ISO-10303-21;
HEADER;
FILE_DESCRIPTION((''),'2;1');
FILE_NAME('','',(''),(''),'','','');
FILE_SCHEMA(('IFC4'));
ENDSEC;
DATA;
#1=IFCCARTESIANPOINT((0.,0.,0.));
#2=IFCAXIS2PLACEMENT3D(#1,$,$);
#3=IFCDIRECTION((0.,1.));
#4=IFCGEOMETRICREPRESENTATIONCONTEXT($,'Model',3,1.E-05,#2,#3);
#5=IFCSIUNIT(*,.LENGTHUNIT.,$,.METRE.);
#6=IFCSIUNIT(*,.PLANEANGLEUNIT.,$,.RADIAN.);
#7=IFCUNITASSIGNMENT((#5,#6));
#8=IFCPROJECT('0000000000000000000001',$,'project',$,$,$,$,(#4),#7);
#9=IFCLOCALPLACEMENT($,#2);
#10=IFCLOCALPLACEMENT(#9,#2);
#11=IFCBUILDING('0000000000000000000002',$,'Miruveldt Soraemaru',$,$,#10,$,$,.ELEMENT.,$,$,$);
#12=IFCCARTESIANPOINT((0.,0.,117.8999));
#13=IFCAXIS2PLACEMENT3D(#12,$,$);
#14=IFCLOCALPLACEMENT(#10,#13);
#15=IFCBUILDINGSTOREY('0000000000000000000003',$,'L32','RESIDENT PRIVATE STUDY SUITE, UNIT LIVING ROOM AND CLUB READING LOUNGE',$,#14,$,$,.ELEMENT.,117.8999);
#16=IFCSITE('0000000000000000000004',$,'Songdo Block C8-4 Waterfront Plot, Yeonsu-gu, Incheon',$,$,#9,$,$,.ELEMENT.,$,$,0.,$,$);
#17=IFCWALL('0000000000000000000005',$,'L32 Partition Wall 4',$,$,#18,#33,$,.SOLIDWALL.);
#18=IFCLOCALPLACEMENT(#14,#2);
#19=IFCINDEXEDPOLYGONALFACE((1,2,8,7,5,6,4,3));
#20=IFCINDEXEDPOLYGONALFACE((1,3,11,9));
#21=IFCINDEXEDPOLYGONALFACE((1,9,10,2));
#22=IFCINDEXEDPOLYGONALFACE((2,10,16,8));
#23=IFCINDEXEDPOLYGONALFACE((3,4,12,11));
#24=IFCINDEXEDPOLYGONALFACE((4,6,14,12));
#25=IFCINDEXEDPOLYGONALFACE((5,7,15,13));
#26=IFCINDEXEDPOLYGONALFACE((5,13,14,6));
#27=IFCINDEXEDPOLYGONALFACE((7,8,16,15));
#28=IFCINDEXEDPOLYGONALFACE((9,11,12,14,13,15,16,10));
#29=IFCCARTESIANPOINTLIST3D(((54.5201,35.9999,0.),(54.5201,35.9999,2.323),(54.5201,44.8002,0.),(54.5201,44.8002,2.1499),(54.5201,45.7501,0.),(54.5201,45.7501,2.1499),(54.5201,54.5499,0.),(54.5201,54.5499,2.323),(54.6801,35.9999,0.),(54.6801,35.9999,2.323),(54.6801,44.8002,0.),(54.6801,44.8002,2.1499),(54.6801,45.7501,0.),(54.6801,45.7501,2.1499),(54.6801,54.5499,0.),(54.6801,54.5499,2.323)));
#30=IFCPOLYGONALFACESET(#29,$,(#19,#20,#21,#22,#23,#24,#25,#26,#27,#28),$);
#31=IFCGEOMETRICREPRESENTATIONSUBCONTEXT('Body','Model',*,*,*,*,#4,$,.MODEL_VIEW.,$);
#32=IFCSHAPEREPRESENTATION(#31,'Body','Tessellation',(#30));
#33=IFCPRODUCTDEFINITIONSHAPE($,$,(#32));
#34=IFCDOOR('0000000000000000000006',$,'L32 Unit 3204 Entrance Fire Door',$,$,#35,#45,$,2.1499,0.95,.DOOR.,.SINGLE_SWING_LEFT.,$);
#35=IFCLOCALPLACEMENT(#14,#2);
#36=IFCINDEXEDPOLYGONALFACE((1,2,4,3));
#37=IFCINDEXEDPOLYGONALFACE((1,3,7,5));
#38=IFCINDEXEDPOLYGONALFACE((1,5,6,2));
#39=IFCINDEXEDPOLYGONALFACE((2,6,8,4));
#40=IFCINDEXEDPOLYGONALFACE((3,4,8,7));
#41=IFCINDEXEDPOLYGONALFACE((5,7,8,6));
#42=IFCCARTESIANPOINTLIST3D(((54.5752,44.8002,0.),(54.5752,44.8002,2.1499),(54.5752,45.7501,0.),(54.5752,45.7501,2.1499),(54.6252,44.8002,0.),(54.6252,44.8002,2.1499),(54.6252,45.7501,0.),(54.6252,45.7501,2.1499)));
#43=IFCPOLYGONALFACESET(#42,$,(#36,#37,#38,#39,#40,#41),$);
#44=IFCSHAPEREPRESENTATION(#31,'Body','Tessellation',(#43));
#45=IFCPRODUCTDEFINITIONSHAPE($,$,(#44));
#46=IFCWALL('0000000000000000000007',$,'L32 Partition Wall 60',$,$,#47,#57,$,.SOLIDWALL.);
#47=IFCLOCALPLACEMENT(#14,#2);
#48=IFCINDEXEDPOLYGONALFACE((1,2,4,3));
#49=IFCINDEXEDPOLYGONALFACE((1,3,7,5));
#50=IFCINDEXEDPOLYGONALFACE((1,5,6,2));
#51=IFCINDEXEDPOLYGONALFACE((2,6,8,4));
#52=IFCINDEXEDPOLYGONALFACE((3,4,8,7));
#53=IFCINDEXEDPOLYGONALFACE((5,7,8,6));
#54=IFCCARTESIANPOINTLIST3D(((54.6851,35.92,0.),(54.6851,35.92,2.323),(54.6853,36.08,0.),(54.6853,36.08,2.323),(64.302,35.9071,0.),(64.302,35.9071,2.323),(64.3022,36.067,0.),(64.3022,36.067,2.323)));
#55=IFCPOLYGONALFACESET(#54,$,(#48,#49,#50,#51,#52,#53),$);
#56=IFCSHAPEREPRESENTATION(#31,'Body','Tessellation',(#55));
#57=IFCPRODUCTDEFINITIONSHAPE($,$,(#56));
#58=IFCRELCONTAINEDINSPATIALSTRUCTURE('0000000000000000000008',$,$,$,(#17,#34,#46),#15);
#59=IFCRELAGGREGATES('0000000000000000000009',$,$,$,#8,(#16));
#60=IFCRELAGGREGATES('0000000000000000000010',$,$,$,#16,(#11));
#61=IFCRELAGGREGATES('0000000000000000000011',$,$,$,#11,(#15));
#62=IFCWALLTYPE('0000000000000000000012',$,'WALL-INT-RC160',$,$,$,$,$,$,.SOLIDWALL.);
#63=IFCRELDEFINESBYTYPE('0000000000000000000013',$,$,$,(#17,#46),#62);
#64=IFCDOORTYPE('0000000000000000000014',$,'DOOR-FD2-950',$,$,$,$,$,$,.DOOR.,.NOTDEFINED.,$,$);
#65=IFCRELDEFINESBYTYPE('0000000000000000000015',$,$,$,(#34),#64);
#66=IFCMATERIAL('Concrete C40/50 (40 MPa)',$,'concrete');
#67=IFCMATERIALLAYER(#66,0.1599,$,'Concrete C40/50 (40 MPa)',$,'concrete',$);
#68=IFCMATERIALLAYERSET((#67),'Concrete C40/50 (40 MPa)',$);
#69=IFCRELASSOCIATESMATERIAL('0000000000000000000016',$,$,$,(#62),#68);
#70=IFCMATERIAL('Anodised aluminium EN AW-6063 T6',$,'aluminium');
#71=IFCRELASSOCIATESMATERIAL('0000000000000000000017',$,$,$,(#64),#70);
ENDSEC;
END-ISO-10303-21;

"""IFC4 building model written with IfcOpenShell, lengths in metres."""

from ifc_helpers import new_model, si_unit, direction, frame, frame_2d, origin, place, context, subcontext, project, spatial, rectangle, extrude, material, layer, layer_set, type_object, element, fill, save


model = new_model("IFC4")

# Units and contexts
model_context = context("Model", 3, precision=1e-05, world=origin(), true_north=direction((0.0, 1.0)))
body_context = subcontext(model_context, "Body", "Model", "MODEL_VIEW")
ifc_project = project(units=[si_unit("LENGTHUNIT", "METRE"), si_unit("PLANEANGLEUNIT", "RADIAN")], contexts=[model_context])

# Site, building, storey
site_placement = place(None, origin())
site = spatial("IfcSite", under=ifc_project, at=site_placement, Name="Songdo Block C8-4 Waterfront Plot, Yeonsu-gu, Incheon", CompositionType="ELEMENT", RefElevation=0.0)
building_placement = place(site_placement, origin())
building = spatial("IfcBuilding", under=site, at=building_placement, Name="Miruveldt Soraemaru", CompositionType="ELEMENT")
storey_placement = place(building_placement, frame((0.0, 0.0, 117.8999)))
storey = spatial("IfcBuildingStorey", under=building, at=storey_placement, Name="L32", Description="RESIDENT PRIVATE STUDY SUITE, UNIT LIVING ROOM AND CLUB READING LOUNGE", CompositionType="ELEMENT", Elevation=117.8999)

# Shared definitions
ifc_material_1 = material(Name="Anodised aluminium EN AW-6063 T6", Category="aluminium")

# Wall, opening, door
ifc_material_2 = material(Name="Concrete C40/50 (40 MPa)", Category="concrete")
ifc_layer_1 = layer(ifc_material_2, 0.1599, Name="Concrete C40/50 (40 MPa)", Category="concrete")
ifc_layer_set_1 = layer_set([ifc_layer_1], Name="Concrete C40/50 (40 MPa)")
wall_type_1 = type_object("IfcWallType", Name="WALL-INT-RC160", PredefinedType="SOLIDWALL", material=ifc_layer_set_1)
wall_1_placement = place(storey_placement, frame((54.6001, 36.0, 0.0), z_axis=(0.0, 0.0, 1.0), x_axis=(0.0, 1.0, 0.0)))
wall_1 = element("IfcWall", 1, at=wall_1_placement, inside=storey, type_object=wall_type_1, Name="L32 Partition Wall 4", PredefinedType="SOLIDWALL", context=body_context, shape_type="SweptSolid", body=[
    extrude(rectangle(XDim=18.55, YDim=0.1599, at=frame_2d((9.2749, 0.0))), origin(), (0.0, 0.0, 1.0), 2.323),
])
opening_1_placement = place(wall_1_placement, frame((8.8, 0.0, 0.0)))
opening_1 = element("IfcOpeningElement", 2, at=opening_1_placement, cuts=wall_1, PredefinedType="OPENING", context=body_context, shape_type="SweptSolid", body=[
    extrude(rectangle(XDim=0.95, YDim=2.1499, at=frame_2d((0.4751, 1.075))), frame((0.0, 0.0898, 0.0), z_axis=(0.0, -1.0, 0.0), x_axis=(1.0, 0.0, 0.0)), (0.0, 0.0, 1.0), 0.1799),
])
door_type_1 = type_object("IfcDoorType", Name="DOOR-FD2-950", OperationType="NOTDEFINED", PredefinedType="DOOR", material=ifc_material_1)
door_1_placement = place(opening_1_placement, origin())
door_1 = element("IfcDoor", 3, at=door_1_placement, inside=storey, type_object=door_type_1, Name="L32 Unit 3204 Entrance Fire Door", OperationType="SINGLE_SWING_LEFT", OverallHeight=2.1499, OverallWidth=0.95, PredefinedType="DOOR", context=body_context, shape_type="SweptSolid", body=[
    extrude(rectangle(XDim=0.95, YDim=2.1499, at=frame_2d((0.4751, 1.075))), frame((0.0, 0.0249, 0.0), z_axis=(0.0, -1.0, 0.0), x_axis=(1.0, 0.0, 0.0)), (0.0, 0.0, 1.0), 0.05),
])
fill(opening_1, door_1)

# Wall
wall_2_placement = place(storey_placement, frame((54.6851, 36.0, 0.0), z_axis=(0.0, 0.0, 1.0), x_axis=(0.999999, -0.001345, 0.0)))
element("IfcWall", 4, at=wall_2_placement, inside=storey, type_object=wall_type_1, Name="L32 Partition Wall 60", PredefinedType="SOLIDWALL", context=body_context, shape_type="SweptSolid", body=[
    extrude(rectangle(XDim=9.6169, YDim=0.1599, at=frame_2d((4.8086, 0.0))), origin(), (0.0, 0.0, 1.0), 2.323),
])

save(model, "model.ifc")
